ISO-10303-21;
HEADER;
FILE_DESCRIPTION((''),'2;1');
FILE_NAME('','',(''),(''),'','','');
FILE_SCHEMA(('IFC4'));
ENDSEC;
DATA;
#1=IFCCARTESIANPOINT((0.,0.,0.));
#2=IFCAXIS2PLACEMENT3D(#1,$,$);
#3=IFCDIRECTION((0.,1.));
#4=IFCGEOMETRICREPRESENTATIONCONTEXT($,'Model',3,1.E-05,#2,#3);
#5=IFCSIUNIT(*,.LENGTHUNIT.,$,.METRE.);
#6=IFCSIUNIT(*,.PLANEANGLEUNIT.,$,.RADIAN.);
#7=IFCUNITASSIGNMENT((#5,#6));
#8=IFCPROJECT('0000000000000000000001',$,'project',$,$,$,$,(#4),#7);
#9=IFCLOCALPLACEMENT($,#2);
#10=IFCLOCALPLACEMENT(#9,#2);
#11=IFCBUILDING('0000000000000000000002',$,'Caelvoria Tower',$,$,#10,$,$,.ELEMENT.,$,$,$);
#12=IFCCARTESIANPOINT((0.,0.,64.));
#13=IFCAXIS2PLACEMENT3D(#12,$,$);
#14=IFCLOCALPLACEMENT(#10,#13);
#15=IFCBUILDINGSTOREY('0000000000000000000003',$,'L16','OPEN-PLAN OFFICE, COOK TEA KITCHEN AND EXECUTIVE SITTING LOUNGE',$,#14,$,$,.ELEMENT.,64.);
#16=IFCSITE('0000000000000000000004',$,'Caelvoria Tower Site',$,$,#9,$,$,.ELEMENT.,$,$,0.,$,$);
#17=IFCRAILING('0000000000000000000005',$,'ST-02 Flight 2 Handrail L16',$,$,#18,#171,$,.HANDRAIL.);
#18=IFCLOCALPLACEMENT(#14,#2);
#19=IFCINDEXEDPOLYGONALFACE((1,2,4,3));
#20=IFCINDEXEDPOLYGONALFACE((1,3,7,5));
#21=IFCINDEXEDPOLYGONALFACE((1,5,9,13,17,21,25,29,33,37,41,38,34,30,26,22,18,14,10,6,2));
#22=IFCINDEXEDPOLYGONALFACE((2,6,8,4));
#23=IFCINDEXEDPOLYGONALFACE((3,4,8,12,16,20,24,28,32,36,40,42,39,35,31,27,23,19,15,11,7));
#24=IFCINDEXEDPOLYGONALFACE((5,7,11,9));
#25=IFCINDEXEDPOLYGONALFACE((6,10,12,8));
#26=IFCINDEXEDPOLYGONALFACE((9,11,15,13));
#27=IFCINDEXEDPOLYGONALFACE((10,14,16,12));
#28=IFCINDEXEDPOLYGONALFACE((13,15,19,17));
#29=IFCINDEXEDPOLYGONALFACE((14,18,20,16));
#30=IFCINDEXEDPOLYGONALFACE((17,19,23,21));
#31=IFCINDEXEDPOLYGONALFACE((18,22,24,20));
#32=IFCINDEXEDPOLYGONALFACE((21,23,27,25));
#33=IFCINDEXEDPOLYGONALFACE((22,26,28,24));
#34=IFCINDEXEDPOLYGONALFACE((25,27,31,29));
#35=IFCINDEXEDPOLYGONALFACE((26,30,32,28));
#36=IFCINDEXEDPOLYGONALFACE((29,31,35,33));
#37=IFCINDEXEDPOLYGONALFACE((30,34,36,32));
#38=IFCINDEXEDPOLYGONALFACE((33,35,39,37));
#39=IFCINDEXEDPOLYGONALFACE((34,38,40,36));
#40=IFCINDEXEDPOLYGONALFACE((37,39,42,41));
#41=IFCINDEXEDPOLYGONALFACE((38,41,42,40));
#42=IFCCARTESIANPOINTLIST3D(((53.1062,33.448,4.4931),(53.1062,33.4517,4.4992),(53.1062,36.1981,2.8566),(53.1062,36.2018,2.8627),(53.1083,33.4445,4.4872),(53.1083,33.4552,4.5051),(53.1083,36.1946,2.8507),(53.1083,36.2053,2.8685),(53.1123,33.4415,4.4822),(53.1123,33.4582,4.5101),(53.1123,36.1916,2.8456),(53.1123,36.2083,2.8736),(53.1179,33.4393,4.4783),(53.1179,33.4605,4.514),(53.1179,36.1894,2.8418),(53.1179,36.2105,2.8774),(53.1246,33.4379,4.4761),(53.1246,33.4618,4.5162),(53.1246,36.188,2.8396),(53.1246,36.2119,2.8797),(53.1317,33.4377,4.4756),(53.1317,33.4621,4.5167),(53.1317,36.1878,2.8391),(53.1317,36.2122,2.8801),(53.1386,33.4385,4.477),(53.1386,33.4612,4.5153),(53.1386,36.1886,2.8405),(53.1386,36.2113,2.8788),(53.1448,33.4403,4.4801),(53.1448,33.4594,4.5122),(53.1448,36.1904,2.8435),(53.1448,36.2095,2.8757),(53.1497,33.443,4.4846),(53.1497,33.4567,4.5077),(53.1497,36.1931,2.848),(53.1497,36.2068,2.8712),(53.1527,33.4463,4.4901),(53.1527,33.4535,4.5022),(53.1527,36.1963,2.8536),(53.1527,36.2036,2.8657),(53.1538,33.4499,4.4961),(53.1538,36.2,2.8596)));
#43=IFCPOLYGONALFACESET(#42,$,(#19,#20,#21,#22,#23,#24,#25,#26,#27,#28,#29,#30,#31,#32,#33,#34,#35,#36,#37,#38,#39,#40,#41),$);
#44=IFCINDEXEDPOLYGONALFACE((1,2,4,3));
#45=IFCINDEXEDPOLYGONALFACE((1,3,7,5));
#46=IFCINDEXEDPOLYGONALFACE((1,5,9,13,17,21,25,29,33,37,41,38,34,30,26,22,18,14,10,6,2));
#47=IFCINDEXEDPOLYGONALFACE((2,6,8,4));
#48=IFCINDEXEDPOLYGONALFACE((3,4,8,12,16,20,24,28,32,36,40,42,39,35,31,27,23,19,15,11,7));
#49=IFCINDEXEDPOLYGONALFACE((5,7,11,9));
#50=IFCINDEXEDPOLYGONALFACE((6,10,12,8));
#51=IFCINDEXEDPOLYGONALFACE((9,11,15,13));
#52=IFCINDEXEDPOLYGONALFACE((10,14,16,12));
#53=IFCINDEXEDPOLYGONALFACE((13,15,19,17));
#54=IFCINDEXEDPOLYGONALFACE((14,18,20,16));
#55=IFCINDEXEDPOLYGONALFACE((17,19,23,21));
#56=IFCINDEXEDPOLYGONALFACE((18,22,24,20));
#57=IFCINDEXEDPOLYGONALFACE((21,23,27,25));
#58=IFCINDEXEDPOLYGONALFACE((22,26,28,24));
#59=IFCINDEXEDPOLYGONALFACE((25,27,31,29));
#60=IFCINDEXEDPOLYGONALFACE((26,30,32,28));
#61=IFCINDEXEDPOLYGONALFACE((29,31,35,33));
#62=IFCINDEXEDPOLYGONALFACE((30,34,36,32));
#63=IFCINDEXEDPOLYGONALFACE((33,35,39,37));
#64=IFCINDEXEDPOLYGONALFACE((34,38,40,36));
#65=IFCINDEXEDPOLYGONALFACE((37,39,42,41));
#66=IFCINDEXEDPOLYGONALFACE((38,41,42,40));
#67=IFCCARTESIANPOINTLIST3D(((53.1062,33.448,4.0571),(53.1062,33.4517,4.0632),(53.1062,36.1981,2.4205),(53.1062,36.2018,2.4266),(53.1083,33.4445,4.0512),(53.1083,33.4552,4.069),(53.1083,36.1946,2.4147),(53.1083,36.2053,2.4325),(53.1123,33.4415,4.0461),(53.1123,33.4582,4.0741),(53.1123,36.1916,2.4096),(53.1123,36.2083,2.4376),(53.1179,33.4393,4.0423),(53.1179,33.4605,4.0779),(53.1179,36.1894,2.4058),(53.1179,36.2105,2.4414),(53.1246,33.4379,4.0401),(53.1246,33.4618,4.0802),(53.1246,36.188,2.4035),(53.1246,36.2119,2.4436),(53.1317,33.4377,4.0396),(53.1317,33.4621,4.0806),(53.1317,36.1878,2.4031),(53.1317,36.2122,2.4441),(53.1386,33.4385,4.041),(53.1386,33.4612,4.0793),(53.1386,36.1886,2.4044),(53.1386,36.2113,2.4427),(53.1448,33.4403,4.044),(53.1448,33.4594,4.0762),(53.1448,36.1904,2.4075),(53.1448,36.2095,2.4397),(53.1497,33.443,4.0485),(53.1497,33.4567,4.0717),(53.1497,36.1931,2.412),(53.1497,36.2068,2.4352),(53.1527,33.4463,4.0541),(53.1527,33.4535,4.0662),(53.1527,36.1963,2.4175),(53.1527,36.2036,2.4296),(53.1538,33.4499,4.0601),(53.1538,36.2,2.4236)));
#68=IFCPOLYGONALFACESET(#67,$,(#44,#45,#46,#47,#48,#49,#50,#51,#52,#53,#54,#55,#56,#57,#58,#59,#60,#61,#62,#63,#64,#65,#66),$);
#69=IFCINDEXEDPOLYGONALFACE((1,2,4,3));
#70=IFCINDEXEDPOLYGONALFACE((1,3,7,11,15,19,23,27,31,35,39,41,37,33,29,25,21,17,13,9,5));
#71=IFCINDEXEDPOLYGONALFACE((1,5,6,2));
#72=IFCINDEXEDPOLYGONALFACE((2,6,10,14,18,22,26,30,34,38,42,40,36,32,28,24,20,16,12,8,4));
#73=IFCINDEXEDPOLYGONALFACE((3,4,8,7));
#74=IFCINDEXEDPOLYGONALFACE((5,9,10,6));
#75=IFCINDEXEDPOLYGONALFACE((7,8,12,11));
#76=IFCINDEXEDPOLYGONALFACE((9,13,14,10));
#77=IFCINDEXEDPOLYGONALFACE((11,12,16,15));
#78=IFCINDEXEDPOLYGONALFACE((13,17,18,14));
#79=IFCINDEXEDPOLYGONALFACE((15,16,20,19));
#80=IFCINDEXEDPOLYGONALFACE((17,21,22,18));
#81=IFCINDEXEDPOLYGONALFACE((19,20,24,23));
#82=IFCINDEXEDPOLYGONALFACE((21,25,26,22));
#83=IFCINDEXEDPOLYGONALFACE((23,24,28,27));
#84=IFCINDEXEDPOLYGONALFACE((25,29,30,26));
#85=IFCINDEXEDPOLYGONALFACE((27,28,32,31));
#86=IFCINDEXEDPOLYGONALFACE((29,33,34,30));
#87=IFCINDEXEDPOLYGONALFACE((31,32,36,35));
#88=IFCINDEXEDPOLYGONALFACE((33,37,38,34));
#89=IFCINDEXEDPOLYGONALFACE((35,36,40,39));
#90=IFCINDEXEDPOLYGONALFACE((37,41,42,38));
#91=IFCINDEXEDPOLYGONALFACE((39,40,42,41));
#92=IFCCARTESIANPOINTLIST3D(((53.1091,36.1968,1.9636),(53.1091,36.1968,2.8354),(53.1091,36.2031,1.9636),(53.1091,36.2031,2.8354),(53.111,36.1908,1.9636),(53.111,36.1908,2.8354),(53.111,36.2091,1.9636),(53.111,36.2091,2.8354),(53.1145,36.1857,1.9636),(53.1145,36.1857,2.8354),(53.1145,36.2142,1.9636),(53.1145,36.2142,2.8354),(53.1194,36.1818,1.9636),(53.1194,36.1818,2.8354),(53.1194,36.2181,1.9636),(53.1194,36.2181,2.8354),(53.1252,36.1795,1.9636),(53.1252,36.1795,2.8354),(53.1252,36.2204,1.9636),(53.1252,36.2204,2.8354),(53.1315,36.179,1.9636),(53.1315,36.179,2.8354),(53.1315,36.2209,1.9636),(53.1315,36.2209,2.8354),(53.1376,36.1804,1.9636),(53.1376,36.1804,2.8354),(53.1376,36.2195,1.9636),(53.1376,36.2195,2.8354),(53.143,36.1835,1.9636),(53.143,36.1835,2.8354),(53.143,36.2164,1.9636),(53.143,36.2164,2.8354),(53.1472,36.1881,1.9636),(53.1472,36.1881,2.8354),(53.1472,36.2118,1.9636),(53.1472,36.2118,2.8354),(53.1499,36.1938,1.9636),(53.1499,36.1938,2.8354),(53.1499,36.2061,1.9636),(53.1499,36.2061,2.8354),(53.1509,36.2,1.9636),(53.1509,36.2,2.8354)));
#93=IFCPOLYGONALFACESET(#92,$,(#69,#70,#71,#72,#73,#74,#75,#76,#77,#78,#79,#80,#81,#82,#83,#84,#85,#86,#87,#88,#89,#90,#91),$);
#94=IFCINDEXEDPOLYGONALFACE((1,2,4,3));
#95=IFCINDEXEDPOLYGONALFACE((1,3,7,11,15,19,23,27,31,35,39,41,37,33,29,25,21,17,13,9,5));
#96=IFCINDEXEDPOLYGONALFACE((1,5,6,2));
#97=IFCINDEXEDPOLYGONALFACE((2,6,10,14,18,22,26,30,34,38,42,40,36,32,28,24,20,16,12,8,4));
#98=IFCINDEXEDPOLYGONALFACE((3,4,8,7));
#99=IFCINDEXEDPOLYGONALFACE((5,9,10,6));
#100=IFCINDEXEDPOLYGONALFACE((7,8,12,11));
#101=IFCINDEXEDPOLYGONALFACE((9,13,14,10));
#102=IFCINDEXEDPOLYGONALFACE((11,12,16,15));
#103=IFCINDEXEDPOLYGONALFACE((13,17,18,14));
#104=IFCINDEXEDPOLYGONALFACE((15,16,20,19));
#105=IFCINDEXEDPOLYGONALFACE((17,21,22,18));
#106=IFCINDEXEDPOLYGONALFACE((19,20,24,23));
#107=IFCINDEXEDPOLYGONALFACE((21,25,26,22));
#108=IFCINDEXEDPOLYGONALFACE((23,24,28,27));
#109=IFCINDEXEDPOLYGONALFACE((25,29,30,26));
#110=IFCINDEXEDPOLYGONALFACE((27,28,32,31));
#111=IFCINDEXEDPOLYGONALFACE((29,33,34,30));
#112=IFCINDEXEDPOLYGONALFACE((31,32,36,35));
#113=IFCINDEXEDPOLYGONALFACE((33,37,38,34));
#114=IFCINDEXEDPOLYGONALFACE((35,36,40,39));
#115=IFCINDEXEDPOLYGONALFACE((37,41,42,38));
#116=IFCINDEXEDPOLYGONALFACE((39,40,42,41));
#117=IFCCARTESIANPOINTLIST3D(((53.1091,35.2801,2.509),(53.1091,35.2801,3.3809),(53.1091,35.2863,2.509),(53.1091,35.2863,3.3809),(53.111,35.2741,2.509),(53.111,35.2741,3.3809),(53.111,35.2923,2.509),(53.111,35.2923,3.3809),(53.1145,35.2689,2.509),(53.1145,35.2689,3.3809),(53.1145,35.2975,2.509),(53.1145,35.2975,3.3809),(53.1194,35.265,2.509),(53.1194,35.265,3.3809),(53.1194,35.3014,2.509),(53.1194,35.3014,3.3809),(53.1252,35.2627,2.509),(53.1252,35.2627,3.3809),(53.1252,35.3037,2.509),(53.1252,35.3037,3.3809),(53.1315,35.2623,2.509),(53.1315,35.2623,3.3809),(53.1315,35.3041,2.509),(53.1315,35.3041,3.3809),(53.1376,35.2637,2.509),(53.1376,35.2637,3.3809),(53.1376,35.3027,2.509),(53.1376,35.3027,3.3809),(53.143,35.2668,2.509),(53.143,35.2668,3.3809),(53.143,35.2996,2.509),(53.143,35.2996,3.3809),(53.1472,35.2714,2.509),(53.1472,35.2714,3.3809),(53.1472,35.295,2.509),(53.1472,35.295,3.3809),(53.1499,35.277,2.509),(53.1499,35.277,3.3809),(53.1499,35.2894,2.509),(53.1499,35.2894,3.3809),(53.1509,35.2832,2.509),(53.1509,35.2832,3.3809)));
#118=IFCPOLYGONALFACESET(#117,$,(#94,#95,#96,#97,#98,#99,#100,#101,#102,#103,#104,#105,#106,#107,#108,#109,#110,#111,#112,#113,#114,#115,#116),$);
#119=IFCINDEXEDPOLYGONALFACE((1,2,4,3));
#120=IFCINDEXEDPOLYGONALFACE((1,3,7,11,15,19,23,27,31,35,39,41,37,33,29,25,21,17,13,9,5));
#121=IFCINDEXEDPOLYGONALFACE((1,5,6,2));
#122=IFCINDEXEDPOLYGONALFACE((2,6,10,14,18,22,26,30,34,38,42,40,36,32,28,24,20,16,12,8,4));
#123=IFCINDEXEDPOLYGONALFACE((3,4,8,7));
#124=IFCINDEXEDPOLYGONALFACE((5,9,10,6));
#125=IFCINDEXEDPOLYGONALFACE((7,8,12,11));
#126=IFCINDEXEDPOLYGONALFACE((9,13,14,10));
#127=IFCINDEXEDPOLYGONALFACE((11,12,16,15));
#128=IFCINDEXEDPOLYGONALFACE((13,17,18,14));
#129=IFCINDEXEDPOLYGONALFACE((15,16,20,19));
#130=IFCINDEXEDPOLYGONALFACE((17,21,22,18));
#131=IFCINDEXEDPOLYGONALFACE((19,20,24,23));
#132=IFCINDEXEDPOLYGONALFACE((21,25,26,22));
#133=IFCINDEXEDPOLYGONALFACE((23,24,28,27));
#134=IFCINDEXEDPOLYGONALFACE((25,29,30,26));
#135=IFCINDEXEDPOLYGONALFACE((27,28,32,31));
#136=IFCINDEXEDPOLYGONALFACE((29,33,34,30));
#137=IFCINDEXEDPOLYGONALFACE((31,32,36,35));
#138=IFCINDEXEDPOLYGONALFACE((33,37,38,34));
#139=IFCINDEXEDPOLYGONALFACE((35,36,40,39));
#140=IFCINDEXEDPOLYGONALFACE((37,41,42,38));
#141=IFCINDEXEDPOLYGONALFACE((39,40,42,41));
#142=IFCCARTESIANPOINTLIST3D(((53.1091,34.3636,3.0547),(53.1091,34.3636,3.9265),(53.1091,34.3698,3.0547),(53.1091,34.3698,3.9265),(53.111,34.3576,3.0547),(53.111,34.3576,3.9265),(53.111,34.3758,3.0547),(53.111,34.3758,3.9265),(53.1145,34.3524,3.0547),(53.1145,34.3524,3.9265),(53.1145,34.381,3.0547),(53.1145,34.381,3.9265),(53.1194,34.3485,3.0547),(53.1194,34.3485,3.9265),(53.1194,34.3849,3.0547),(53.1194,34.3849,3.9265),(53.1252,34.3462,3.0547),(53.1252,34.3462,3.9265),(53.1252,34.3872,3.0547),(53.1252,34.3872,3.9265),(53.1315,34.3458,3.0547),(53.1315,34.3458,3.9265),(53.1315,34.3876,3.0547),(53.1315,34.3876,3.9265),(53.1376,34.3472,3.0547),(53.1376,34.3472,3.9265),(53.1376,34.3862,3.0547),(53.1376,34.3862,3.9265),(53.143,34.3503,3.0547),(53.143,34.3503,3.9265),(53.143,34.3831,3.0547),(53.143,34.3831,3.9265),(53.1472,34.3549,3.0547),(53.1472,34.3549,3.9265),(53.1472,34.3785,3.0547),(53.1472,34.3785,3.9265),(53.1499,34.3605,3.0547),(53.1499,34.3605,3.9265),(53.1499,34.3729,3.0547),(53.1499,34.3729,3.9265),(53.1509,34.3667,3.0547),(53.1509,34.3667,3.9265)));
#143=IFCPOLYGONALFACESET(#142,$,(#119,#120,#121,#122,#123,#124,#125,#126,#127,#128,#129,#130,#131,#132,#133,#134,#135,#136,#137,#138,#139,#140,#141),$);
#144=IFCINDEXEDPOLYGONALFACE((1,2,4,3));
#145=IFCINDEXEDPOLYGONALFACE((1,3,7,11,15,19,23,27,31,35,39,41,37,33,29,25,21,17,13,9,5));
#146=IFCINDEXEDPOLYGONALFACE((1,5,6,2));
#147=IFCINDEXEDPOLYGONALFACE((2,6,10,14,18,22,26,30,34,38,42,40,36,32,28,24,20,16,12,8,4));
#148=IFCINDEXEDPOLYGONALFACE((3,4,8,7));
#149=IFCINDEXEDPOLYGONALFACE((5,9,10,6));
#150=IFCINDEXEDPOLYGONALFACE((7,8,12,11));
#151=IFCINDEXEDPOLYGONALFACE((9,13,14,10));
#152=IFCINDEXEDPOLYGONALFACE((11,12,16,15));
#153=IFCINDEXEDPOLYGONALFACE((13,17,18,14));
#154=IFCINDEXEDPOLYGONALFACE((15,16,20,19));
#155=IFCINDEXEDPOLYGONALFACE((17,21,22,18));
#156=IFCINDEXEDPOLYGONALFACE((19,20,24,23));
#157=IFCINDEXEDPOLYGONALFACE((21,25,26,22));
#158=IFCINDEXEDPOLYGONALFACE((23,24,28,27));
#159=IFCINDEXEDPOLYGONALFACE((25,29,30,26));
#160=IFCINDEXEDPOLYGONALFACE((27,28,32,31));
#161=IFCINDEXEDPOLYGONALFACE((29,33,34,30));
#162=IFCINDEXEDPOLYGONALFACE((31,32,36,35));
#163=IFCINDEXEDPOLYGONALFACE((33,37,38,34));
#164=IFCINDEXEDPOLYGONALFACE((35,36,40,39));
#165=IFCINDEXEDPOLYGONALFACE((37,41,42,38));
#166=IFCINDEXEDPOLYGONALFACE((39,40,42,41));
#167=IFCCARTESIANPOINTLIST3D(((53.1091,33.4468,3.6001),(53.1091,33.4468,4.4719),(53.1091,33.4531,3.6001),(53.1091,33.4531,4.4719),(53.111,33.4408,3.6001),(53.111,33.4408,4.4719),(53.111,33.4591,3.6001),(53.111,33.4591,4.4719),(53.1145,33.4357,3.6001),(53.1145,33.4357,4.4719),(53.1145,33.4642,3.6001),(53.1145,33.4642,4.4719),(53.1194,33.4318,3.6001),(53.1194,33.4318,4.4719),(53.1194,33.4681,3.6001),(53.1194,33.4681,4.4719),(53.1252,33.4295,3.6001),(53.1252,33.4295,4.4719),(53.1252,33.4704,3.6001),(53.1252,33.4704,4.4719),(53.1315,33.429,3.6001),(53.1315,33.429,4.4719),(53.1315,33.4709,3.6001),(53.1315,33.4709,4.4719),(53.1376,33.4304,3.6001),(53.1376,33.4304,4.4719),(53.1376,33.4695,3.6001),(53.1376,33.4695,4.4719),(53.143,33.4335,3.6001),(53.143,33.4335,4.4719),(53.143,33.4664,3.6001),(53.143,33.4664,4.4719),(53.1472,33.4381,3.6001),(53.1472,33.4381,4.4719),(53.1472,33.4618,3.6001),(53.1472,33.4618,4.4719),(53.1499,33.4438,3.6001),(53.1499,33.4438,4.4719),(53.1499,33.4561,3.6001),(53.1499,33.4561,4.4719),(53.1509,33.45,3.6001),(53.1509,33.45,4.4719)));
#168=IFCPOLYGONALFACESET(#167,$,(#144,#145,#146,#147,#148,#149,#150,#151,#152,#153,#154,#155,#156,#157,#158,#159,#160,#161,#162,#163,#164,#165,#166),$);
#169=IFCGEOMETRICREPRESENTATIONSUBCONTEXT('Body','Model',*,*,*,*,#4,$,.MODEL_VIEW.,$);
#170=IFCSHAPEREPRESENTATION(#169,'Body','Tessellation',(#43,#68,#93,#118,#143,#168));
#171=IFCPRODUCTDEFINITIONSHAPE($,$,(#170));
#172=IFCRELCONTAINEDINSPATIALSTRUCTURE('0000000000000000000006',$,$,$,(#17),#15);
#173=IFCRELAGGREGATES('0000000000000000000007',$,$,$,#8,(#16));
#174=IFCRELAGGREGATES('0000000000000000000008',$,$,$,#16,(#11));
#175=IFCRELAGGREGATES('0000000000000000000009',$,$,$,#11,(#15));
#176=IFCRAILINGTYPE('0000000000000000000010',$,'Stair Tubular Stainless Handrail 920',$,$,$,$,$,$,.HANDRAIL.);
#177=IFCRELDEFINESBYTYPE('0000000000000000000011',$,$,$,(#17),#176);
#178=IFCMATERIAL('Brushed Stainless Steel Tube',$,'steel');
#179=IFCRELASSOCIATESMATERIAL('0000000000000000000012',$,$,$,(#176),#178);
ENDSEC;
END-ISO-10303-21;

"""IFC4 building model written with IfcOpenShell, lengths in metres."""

from ifc_helpers import new_model, si_unit, direction, frame, origin, origin_2d, place, context, subcontext, project, spatial, circle, extrude, material, type_object, element, save


model = new_model("IFC4")

# Units and contexts
model_context = context("Model", 3, precision=1e-05, world=origin(), true_north=direction((0.0, 1.0)))
body_context = subcontext(model_context, "Body", "Model", "MODEL_VIEW")
ifc_project = project(units=[si_unit("LENGTHUNIT", "METRE"), si_unit("PLANEANGLEUNIT", "RADIAN")], contexts=[model_context])

# Site, building, storey
site_placement = place(None, origin())
site = spatial("IfcSite", under=ifc_project, at=site_placement, Name="Caelvoria Tower Site", CompositionType="ELEMENT", RefElevation=0.0)
building_placement = place(site_placement, origin())
building = spatial("IfcBuilding", under=site, at=building_placement, Name="Caelvoria Tower", CompositionType="ELEMENT")
storey_placement = place(building_placement, frame((0.0, 0.0, 64.0)))
storey = spatial("IfcBuildingStorey", under=building, at=storey_placement, Name="L16", Description="OPEN-PLAN OFFICE, COOK TEA KITCHEN AND EXECUTIVE SITTING LOUNGE", CompositionType="ELEMENT", Elevation=64.0)

# Railing
ifc_material_1 = material(Name="Brushed Stainless Steel Tube", Category="steel")
railing_type_1 = type_object("IfcRailingType", Name="Stair Tubular Stainless Handrail 920", PredefinedType="HANDRAIL", material=ifc_material_1)
railing_1_placement = place(storey_placement, frame((53.1299, 36.2, 1.9636)))
element("IfcRailing", 1, at=railing_1_placement, inside=storey, type_object=railing_type_1, Name="ST-02 Flight 2 Handrail L16", PredefinedType="HANDRAIL", context=body_context, shape_type="SweptSolid", body=[
    extrude(circle(Radius=0.0239, at=origin_2d()), frame((0.0, 0.0, 0.896), z_axis=(0.0, -0.859352, 0.511385), x_axis=(1.0, 0.0, 0.0)), (0.0, 0.0, 1.0), 3.2002),
    extrude(circle(Radius=0.0239, at=origin_2d()), frame((0.0, 0.0, 0.46), z_axis=(0.0, -0.859352, 0.511385), x_axis=(1.0, 0.0, 0.0)), (0.0, 0.0, 1.0), 3.2002),
    extrude(circle(Radius=0.021, at=origin_2d()), origin(), (0.0, 0.0, 1.0), 0.8718),
    extrude(circle(Radius=0.021, at=origin_2d()), frame((0.0, -0.9167, 0.5454)), (0.0, 0.0, 1.0), 0.8718),
    extrude(circle(Radius=0.021, at=origin_2d()), frame((0.0, -1.8333, 1.0911)), (0.0, 0.0, 1.0), 0.8718),
    extrude(circle(Radius=0.021, at=origin_2d()), frame((0.0, -2.75, 1.6365)), (0.0, 0.0, 1.0), 0.8718),
])

save(model, "model.ifc")
